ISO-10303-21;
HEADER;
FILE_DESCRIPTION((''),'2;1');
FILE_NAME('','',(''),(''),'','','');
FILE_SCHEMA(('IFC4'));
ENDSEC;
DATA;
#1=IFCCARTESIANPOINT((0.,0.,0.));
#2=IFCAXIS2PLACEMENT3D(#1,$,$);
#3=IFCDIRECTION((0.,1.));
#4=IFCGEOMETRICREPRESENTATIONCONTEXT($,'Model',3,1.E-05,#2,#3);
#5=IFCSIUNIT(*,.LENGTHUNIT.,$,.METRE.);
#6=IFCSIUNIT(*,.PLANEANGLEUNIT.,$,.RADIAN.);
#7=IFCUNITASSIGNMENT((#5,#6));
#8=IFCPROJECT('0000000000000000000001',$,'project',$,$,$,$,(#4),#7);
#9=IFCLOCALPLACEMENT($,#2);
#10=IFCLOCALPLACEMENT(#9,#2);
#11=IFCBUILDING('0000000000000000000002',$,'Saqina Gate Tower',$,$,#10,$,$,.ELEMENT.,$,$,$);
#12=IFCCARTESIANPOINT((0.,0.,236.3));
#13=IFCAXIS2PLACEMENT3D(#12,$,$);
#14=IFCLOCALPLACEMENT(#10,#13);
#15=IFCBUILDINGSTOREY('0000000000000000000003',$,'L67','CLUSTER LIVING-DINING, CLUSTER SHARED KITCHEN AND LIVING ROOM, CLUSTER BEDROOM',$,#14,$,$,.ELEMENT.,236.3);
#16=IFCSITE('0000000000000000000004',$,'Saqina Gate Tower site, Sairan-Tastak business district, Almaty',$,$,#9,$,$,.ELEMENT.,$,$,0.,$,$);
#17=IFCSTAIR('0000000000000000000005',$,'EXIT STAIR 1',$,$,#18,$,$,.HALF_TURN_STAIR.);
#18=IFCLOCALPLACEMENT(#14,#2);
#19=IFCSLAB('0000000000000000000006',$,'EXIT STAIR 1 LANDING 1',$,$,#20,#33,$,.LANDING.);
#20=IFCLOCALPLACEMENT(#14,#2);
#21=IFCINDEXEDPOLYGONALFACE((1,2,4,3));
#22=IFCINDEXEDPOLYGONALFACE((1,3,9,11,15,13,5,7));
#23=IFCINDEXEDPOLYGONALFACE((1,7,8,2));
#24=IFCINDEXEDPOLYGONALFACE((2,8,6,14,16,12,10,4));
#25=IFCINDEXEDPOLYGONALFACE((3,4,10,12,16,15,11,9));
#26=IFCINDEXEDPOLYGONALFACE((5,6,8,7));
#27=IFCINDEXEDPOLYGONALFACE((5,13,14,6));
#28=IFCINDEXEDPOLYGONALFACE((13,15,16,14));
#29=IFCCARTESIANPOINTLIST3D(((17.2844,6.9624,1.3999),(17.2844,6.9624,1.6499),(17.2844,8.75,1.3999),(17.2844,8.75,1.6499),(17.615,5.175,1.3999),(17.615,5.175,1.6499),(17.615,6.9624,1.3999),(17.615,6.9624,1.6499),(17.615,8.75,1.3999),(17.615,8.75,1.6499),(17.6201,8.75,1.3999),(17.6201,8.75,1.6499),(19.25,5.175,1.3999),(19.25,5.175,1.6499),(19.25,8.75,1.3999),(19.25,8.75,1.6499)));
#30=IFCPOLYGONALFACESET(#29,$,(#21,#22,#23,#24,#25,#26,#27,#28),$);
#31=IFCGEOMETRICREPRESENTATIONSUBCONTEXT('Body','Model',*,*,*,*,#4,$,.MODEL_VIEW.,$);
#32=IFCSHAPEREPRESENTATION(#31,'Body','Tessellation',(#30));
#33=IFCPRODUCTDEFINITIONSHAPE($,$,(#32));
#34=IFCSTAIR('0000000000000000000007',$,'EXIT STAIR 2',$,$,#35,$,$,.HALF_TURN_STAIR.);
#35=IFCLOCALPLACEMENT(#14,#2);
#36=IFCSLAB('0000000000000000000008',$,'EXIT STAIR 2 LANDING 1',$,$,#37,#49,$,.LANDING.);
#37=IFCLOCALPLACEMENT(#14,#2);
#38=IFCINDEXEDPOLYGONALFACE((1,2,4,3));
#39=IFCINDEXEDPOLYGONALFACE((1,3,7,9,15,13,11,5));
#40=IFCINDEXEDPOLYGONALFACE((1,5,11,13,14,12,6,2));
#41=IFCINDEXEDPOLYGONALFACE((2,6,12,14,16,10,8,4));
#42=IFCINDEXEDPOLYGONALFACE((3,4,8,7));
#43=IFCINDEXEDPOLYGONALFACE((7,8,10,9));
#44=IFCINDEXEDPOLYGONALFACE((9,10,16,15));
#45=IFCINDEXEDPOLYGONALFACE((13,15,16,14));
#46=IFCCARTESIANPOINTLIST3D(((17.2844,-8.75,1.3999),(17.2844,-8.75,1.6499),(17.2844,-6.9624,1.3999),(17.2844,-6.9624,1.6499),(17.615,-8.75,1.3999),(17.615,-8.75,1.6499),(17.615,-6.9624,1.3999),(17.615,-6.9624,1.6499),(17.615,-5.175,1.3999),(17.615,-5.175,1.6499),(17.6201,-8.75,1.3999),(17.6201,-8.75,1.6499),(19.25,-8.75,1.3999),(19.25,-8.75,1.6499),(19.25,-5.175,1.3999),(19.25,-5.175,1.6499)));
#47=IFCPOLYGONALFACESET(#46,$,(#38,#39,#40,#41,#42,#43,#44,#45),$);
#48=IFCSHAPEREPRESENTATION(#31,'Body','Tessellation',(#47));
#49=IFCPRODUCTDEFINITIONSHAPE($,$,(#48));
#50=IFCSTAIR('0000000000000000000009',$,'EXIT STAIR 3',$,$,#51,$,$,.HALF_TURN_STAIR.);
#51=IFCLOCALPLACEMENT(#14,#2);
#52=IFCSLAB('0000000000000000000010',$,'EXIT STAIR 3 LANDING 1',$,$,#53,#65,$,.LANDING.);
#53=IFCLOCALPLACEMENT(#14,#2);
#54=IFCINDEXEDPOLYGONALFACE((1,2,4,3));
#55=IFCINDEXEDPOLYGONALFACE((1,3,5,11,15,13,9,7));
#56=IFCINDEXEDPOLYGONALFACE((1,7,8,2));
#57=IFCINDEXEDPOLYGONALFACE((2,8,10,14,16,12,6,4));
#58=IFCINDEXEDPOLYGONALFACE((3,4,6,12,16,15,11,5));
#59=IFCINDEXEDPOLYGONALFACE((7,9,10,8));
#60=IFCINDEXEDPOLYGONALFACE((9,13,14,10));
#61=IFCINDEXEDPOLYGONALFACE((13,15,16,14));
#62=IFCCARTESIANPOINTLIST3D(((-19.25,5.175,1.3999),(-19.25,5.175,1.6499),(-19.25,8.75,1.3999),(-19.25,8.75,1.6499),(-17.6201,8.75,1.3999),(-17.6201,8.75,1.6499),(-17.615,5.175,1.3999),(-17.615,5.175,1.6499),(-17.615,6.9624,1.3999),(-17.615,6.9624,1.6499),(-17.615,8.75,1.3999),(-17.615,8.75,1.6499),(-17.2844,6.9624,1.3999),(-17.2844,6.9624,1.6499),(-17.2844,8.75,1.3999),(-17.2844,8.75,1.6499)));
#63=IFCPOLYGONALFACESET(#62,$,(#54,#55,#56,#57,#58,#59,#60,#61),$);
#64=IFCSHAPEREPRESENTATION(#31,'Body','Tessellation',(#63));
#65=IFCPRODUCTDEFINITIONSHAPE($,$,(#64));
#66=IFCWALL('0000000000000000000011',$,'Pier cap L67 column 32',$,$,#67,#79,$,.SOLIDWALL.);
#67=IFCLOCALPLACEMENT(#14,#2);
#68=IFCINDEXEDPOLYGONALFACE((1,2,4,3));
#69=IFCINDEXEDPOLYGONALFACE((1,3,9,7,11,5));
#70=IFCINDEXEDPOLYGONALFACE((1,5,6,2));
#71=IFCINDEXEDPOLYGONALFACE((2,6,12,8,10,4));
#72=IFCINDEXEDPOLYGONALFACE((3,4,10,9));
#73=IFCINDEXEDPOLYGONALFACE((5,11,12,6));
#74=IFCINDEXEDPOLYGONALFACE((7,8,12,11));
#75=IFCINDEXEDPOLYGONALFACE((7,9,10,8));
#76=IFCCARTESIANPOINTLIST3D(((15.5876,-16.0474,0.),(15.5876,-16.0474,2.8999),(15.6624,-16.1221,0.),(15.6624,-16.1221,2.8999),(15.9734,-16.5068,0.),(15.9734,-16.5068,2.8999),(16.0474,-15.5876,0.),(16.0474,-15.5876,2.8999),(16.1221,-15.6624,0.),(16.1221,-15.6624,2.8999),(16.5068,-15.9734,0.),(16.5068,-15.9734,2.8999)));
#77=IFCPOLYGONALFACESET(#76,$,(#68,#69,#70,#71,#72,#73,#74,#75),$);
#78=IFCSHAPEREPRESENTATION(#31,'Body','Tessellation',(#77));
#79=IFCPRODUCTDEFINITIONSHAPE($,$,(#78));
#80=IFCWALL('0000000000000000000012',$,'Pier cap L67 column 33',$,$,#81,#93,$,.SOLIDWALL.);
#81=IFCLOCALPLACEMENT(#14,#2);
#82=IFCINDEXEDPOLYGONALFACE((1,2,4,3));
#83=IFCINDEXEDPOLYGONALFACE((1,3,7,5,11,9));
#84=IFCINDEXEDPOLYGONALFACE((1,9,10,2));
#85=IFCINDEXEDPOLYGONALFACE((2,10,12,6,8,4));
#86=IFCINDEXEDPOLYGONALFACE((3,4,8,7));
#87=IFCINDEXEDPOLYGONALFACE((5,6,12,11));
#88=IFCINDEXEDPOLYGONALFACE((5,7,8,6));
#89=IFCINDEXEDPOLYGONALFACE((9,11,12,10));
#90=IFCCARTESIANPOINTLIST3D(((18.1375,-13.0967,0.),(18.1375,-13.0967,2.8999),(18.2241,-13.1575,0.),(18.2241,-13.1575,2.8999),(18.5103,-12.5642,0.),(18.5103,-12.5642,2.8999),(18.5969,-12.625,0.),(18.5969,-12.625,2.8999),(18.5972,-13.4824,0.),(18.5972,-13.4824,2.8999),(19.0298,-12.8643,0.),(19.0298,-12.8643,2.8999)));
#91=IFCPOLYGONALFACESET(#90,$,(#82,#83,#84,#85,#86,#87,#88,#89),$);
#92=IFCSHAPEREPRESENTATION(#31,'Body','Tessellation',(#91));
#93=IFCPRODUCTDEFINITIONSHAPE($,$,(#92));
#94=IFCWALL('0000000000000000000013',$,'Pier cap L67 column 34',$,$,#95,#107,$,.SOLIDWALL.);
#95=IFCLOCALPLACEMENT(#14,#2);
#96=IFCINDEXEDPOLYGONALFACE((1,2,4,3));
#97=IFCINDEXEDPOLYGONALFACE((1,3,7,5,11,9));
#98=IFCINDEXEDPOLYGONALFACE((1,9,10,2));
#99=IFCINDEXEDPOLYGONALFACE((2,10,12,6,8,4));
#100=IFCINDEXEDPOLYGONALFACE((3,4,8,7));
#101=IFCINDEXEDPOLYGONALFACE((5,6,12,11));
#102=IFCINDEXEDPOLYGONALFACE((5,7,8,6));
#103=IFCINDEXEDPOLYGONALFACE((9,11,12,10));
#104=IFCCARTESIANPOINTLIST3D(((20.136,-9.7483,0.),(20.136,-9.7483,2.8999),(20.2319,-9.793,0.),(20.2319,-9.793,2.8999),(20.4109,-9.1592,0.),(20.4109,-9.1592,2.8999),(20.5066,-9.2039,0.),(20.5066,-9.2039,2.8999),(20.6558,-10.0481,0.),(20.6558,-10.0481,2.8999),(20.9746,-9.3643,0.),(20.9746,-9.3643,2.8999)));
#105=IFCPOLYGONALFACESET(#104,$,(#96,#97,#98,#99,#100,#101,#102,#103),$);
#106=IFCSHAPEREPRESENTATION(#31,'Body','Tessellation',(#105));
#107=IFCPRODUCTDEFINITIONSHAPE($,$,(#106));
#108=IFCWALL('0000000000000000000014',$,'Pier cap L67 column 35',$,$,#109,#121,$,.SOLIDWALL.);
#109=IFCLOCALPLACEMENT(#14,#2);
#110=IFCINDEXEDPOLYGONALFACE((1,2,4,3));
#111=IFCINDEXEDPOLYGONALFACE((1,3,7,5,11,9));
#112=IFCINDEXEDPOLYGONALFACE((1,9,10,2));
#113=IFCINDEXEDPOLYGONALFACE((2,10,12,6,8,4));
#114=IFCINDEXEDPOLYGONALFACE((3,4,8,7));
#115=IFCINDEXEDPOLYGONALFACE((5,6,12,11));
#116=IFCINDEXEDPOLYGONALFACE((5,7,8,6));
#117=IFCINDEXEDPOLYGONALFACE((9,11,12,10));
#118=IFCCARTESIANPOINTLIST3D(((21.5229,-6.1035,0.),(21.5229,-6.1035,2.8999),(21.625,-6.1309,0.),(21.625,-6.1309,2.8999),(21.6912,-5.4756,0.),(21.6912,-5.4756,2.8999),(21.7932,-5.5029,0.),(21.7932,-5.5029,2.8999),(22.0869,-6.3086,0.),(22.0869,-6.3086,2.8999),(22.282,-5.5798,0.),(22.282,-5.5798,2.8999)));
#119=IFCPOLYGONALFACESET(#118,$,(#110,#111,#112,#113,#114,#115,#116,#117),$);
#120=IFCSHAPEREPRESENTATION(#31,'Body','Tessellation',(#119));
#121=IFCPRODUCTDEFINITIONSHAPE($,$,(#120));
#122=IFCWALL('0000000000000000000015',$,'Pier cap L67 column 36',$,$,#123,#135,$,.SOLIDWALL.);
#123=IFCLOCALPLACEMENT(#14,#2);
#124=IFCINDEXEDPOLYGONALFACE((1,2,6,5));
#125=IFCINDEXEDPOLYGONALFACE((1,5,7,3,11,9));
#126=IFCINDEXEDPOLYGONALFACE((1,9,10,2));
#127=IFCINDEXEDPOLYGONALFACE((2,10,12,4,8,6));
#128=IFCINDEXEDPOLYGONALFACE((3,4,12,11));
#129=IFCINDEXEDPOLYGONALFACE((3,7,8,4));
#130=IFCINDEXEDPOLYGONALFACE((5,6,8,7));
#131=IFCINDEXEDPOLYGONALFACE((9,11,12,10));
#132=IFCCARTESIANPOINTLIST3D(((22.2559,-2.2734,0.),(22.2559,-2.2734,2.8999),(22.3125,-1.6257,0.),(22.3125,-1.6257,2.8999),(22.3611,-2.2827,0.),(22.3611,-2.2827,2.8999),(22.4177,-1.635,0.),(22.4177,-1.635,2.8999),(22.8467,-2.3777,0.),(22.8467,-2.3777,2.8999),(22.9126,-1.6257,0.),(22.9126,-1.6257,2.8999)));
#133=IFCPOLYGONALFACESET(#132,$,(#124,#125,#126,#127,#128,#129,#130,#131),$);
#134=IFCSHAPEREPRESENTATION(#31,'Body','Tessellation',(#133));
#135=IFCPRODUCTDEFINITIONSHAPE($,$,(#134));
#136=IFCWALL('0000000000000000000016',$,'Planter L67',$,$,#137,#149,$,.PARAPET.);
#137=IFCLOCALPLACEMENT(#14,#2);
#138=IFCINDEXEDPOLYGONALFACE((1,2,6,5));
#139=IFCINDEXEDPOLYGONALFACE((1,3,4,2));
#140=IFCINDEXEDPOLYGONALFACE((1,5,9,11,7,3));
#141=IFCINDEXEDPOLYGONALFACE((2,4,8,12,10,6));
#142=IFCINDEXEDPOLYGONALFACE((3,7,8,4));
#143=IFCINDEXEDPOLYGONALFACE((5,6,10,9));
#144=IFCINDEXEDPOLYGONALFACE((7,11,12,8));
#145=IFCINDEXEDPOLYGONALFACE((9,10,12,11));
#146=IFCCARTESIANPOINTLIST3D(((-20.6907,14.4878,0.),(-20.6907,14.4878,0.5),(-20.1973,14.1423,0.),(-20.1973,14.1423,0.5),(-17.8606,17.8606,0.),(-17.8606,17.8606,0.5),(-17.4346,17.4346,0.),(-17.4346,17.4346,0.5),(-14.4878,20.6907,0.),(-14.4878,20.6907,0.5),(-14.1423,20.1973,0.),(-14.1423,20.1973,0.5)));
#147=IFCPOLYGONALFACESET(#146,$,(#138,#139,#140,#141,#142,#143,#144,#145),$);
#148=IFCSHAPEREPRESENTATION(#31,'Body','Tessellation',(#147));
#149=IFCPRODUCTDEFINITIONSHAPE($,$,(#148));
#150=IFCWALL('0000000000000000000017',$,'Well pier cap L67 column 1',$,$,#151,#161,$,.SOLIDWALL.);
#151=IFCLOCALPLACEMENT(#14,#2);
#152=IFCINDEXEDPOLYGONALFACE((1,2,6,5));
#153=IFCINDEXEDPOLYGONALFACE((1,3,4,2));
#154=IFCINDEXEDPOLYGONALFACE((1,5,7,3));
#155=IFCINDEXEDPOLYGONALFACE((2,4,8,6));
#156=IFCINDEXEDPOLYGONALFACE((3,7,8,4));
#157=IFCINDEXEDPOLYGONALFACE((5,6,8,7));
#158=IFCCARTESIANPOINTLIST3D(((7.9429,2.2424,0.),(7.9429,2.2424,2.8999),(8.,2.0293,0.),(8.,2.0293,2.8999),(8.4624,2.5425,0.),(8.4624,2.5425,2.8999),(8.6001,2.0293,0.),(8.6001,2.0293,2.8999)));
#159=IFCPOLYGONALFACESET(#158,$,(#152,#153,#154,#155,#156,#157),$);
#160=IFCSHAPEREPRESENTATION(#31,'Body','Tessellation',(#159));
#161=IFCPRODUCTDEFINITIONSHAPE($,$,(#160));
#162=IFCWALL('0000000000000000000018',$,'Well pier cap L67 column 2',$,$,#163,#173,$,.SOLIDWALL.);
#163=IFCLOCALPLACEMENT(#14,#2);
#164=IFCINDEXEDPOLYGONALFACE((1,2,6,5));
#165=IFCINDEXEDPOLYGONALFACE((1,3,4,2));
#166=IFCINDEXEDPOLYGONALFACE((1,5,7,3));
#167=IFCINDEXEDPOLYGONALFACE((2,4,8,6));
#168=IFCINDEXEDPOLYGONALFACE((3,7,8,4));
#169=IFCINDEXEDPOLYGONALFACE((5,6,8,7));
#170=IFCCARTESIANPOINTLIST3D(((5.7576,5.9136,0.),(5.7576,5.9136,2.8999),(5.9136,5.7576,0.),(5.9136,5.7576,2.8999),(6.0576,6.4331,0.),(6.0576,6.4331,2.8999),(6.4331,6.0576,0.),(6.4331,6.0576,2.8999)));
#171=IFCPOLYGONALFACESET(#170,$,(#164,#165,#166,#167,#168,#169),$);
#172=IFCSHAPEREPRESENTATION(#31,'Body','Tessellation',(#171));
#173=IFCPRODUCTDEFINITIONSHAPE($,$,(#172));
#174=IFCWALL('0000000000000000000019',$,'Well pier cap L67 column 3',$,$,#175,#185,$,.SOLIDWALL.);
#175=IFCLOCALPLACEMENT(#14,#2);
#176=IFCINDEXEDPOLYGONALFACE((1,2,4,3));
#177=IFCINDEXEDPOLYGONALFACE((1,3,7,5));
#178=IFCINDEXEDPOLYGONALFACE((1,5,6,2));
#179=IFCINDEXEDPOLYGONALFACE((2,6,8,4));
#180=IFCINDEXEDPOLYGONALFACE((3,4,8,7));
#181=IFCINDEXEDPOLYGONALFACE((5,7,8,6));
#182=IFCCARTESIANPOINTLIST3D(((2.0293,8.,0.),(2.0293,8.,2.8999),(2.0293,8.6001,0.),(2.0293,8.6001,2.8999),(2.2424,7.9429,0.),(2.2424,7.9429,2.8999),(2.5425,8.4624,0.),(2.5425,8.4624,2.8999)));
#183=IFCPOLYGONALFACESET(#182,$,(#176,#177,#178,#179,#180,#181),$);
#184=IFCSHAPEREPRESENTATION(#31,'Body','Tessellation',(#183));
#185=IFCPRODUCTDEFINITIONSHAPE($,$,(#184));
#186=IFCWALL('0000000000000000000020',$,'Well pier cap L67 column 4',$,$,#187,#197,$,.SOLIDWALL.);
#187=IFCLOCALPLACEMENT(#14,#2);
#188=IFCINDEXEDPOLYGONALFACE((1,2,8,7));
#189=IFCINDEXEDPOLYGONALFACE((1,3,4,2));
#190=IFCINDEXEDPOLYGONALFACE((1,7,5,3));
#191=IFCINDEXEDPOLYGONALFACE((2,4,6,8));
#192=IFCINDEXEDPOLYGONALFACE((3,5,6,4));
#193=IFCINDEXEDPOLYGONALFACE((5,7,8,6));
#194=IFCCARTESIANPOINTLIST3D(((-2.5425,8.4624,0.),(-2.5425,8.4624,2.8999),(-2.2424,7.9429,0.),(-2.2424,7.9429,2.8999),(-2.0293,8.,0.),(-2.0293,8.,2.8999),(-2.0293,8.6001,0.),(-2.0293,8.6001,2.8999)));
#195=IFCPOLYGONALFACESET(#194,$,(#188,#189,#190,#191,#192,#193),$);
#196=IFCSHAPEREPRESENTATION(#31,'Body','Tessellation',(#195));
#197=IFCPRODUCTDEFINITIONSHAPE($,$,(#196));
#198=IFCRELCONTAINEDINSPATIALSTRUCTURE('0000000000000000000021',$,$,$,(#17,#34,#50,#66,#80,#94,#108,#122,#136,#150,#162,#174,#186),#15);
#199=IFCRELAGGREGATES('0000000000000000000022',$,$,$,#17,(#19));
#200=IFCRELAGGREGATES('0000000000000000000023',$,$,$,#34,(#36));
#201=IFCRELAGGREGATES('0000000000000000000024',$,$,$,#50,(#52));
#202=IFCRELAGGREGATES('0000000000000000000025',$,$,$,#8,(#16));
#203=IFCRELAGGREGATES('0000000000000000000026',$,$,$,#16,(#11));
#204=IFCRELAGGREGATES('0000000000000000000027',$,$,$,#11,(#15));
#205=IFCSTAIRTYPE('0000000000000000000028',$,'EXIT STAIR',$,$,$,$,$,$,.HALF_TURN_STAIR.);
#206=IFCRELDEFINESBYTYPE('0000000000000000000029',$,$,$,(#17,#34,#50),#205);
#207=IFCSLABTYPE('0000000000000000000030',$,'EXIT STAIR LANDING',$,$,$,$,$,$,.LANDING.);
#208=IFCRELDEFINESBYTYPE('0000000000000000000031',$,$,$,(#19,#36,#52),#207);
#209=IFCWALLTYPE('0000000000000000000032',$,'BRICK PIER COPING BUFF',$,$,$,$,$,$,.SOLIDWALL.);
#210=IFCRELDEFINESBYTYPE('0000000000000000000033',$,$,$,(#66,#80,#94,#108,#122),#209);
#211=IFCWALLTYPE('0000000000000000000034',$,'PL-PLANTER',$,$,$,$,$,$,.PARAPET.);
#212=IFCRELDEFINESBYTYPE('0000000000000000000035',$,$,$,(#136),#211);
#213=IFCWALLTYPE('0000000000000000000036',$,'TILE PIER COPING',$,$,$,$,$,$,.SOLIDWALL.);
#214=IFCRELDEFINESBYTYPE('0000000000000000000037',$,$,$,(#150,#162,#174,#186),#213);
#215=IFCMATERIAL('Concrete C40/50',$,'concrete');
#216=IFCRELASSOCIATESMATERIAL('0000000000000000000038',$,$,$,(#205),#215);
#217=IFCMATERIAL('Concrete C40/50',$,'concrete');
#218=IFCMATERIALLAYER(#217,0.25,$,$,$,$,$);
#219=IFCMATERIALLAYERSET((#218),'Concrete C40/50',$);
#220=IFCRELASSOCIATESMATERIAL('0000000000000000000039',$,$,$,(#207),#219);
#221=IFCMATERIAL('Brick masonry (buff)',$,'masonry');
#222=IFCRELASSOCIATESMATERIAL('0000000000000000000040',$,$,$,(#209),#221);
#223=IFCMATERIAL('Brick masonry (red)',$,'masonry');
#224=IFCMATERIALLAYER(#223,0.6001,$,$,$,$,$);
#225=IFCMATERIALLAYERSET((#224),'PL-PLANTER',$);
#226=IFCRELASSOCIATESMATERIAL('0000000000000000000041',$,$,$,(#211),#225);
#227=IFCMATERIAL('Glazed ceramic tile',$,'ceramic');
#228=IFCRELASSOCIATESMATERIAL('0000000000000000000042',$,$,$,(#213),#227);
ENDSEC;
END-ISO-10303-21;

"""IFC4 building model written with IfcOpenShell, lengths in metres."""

from ifc_helpers import new_model, si_unit, direction, frame, origin, place, context, subcontext, project, spatial, polyline, outline, extrude, material, layer, layer_set, type_object, element, aggregate, save


model = new_model("IFC4")

# Units and contexts
model_context = context("Model", 3, precision=1e-05, world=origin(), true_north=direction((0.0, 1.0)))
body_context = subcontext(model_context, "Body", "Model", "MODEL_VIEW")
ifc_project = project(units=[si_unit("LENGTHUNIT", "METRE"), si_unit("PLANEANGLEUNIT", "RADIAN")], contexts=[model_context])

# Site, building, storey
site_placement = place(None, origin())
site = spatial("IfcSite", under=ifc_project, at=site_placement, Name="Saqina Gate Tower site, Sairan-Tastak business district, Almaty", CompositionType="ELEMENT", RefElevation=0.0)
building_placement = place(site_placement, origin())
building = spatial("IfcBuilding", under=site, at=building_placement, Name="Saqina Gate Tower", CompositionType="ELEMENT")
storey_placement = place(building_placement, frame((0.0, 0.0, 236.3)))
storey = spatial("IfcBuildingStorey", under=building, at=storey_placement, Name="L67", Description="CLUSTER LIVING-DINING, CLUSTER SHARED KITCHEN AND LIVING ROOM, CLUSTER BEDROOM", CompositionType="ELEMENT", Elevation=236.3)

# Stairs, slabs
ifc_material_1 = material(Name="Concrete C40/50", Category="concrete")
stair_type = type_object("IfcStairType", Name="EXIT STAIR", PredefinedType="HALF_TURN_STAIR", material=ifc_material_1)
stair_1_placement = place(storey_placement, origin())
stair_1 = element("IfcStair", 1, at=stair_1_placement, inside=storey, type_object=stair_type, Name="EXIT STAIR 1", PredefinedType="HALF_TURN_STAIR")
ifc_material_2 = material(Name="Concrete C40/50", Category="concrete")
ifc_layer_1 = layer(ifc_material_2, 0.25)
ifc_layer_set_1 = layer_set([ifc_layer_1], Name="Concrete C40/50")
slab_type = type_object("IfcSlabType", Name="EXIT STAIR LANDING", PredefinedType="LANDING", material=ifc_layer_set_1)
slab_1_placement = place(storey_placement, frame((0.0, 0.0, 1.3999)))
slab_1 = element("IfcSlab", 2, at=slab_1_placement, type_object=slab_type, Name="EXIT STAIR 1 LANDING 1", PredefinedType="LANDING", context=body_context, shape_type="SweptSolid", body=[
    extrude(outline(polyline([(19.25, 8.75), (19.25, 5.175), (17.615, 5.175), (17.615, 6.9624), (17.2844, 6.9624), (17.2844, 8.75), (17.615, 8.75), (17.6201, 8.75), (19.25, 8.75)])), origin(), (0.0, 0.0, 1.0), 0.25),
])
aggregate(stair_1, [slab_1])
stair_2_placement = place(storey_placement, origin())
stair_2 = element("IfcStair", 3, at=stair_2_placement, inside=storey, type_object=stair_type, Name="EXIT STAIR 2", PredefinedType="HALF_TURN_STAIR")
slab_2_placement = place(storey_placement, frame((0.0, 0.0, 1.3999)))
slab_2 = element("IfcSlab", 4, at=slab_2_placement, type_object=slab_type, Name="EXIT STAIR 2 LANDING 1", PredefinedType="LANDING", context=body_context, shape_type="SweptSolid", body=[
    extrude(outline(polyline([(17.2844, -8.75), (17.2844, -6.9624), (17.615, -6.9624), (17.615, -5.175), (19.25, -5.175), (19.25, -8.75), (17.6201, -8.75), (17.615, -8.75), (17.2844, -8.75)])), origin(), (0.0, 0.0, 1.0), 0.25),
])
aggregate(stair_2, [slab_2])
stair_3_placement = place(storey_placement, origin())
stair_3 = element("IfcStair", 5, at=stair_3_placement, inside=storey, type_object=stair_type, Name="EXIT STAIR 3", PredefinedType="HALF_TURN_STAIR")
slab_3_placement = place(storey_placement, frame((0.0, 0.0, 1.3999)))
slab_3 = element("IfcSlab", 6, at=slab_3_placement, type_object=slab_type, Name="EXIT STAIR 3 LANDING 1", PredefinedType="LANDING", context=body_context, shape_type="SweptSolid", body=[
    extrude(outline(polyline([(-17.615, 5.175), (-19.25, 5.175), (-19.25, 8.75), (-17.6201, 8.75), (-17.615, 8.75), (-17.2844, 8.75), (-17.2844, 6.9624), (-17.615, 6.9624), (-17.615, 5.175)])), origin(), (0.0, 0.0, 1.0), 0.25),
])
aggregate(stair_3, [slab_3])

# Walls
ifc_material_3 = material(Name="Brick masonry (buff)", Category="masonry")
wall_type_1 = type_object("IfcWallType", Name="BRICK PIER COPING BUFF", PredefinedType="SOLIDWALL", material=ifc_material_3)
wall_1_placement = place(storey_placement, origin())
element("IfcWall", 7, at=wall_1_placement, inside=storey, type_object=wall_type_1, Name="Pier cap L67 column 32", PredefinedType="SOLIDWALL", context=body_context, shape_type="SweptSolid", body=[
    extrude(outline(polyline([(16.5068, -15.9734), (16.0474, -15.5876), (16.1221, -15.6624), (15.6624, -16.1221), (15.5876, -16.0474), (15.9734, -16.5068), (16.5068, -15.9734)])), origin(), (0.0, 0.0, 1.0), 2.8999),
])
wall_2_placement = place(storey_placement, origin())
element("IfcWall", 8, at=wall_2_placement, inside=storey, type_object=wall_type_1, Name="Pier cap L67 column 33", PredefinedType="SOLIDWALL", context=body_context, shape_type="SweptSolid", body=[
    extrude(outline(polyline([(19.0298, -12.8643), (18.5103, -12.5642), (18.5969, -12.625), (18.2241, -13.1575), (18.1375, -13.0967), (18.5972, -13.4824), (19.0298, -12.8643)])), origin(), (0.0, 0.0, 1.0), 2.8999),
])
wall_3_placement = place(storey_placement, origin())
element("IfcWall", 9, at=wall_3_placement, inside=storey, type_object=wall_type_1, Name="Pier cap L67 column 34", PredefinedType="SOLIDWALL", context=body_context, shape_type="SweptSolid", body=[
    extrude(outline(polyline([(20.6558, -10.0481), (20.9746, -9.3643), (20.4109, -9.1592), (20.5066, -9.2039), (20.2319, -9.793), (20.136, -9.7483), (20.6558, -10.0481)])), origin(), (0.0, 0.0, 1.0), 2.8999),
])
wall_4_placement = place(storey_placement, origin())
element("IfcWall", 10, at=wall_4_placement, inside=storey, type_object=wall_type_1, Name="Pier cap L67 column 35", PredefinedType="SOLIDWALL", context=body_context, shape_type="SweptSolid", body=[
    extrude(outline(polyline([(22.282, -5.5798), (21.6912, -5.4756), (21.7932, -5.5029), (21.625, -6.1309), (21.5229, -6.1035), (22.0869, -6.3086), (22.282, -5.5798)])), origin(), (0.0, 0.0, 1.0), 2.8999),
])
wall_5_placement = place(storey_placement, origin())
element("IfcWall", 11, at=wall_5_placement, inside=storey, type_object=wall_type_1, Name="Pier cap L67 column 36", PredefinedType="SOLIDWALL", context=body_context, shape_type="SweptSolid", body=[
    extrude(outline(polyline([(22.8467, -2.3777), (22.9126, -1.6257), (22.3125, -1.6257), (22.4177, -1.635), (22.3611, -2.2827), (22.2559, -2.2734), (22.8467, -2.3777)])), origin(), (0.0, 0.0, 1.0), 2.8999),
])
ifc_material_4 = material(Name="Brick masonry (red)", Category="masonry")
ifc_layer_2 = layer(ifc_material_4, 0.6001)
ifc_layer_set_2 = layer_set([ifc_layer_2], Name="PL-PLANTER")
wall_type_2 = type_object("IfcWallType", Name="PL-PLANTER", PredefinedType="PARAPET", material=ifc_layer_set_2)
wall_6_placement = place(storey_placement, origin())
element("IfcWall", 12, at=wall_6_placement, inside=storey, type_object=wall_type_2, Name="Planter L67", PredefinedType="PARAPET", context=body_context, shape_type="SweptSolid", body=[
    extrude(outline(polyline([(-14.4878, 20.6907), (-17.8606, 17.8606), (-20.6907, 14.4878), (-20.1973, 14.1423), (-17.4346, 17.4346), (-14.1423, 20.1973), (-14.4878, 20.6907)])), origin(), (0.0, 0.0, 1.0), 0.5),
])
ifc_material_5 = material(Name="Glazed ceramic tile", Category="ceramic")
wall_type_3 = type_object("IfcWallType", Name="TILE PIER COPING", PredefinedType="SOLIDWALL", material=ifc_material_5)
wall_7_placement = place(storey_placement, origin())
element("IfcWall", 13, at=wall_7_placement, inside=storey, type_object=wall_type_3, Name="Well pier cap L67 column 1", PredefinedType="SOLIDWALL", context=body_context, shape_type="SweptSolid", body=[
    extrude(outline(polyline([(8.4624, 2.5425), (7.9429, 2.2424), (8.0, 2.0293), (8.6001, 2.0293), (8.4624, 2.5425)])), origin(), (0.0, 0.0, 1.0), 2.8999),
])
wall_8_placement = place(storey_placement, origin())
element("IfcWall", 14, at=wall_8_placement, inside=storey, type_object=wall_type_3, Name="Well pier cap L67 column 2", PredefinedType="SOLIDWALL", context=body_context, shape_type="SweptSolid", body=[
    extrude(outline(polyline([(6.0576, 6.4331), (5.7576, 5.9136), (5.9136, 5.7576), (6.4331, 6.0576), (6.0576, 6.4331)])), origin(), (0.0, 0.0, 1.0), 2.8999),
])
wall_9_placement = place(storey_placement, origin())
element("IfcWall", 15, at=wall_9_placement, inside=storey, type_object=wall_type_3, Name="Well pier cap L67 column 3", PredefinedType="SOLIDWALL", context=body_context, shape_type="SweptSolid", body=[
    extrude(outline(polyline([(2.0293, 8.6001), (2.0293, 8.0), (2.2424, 7.9429), (2.5425, 8.4624), (2.0293, 8.6001)])), origin(), (0.0, 0.0, 1.0), 2.8999),
])
wall_10_placement = place(storey_placement, origin())
element("IfcWall", 16, at=wall_10_placement, inside=storey, type_object=wall_type_3, Name="Well pier cap L67 column 4", PredefinedType="SOLIDWALL", context=body_context, shape_type="SweptSolid", body=[
    extrude(outline(polyline([(-2.5425, 8.4624), (-2.2424, 7.9429), (-2.0293, 8.0), (-2.0293, 8.6001), (-2.5425, 8.4624)])), origin(), (0.0, 0.0, 1.0), 2.8999),
])

save(model, "model.ifc")
